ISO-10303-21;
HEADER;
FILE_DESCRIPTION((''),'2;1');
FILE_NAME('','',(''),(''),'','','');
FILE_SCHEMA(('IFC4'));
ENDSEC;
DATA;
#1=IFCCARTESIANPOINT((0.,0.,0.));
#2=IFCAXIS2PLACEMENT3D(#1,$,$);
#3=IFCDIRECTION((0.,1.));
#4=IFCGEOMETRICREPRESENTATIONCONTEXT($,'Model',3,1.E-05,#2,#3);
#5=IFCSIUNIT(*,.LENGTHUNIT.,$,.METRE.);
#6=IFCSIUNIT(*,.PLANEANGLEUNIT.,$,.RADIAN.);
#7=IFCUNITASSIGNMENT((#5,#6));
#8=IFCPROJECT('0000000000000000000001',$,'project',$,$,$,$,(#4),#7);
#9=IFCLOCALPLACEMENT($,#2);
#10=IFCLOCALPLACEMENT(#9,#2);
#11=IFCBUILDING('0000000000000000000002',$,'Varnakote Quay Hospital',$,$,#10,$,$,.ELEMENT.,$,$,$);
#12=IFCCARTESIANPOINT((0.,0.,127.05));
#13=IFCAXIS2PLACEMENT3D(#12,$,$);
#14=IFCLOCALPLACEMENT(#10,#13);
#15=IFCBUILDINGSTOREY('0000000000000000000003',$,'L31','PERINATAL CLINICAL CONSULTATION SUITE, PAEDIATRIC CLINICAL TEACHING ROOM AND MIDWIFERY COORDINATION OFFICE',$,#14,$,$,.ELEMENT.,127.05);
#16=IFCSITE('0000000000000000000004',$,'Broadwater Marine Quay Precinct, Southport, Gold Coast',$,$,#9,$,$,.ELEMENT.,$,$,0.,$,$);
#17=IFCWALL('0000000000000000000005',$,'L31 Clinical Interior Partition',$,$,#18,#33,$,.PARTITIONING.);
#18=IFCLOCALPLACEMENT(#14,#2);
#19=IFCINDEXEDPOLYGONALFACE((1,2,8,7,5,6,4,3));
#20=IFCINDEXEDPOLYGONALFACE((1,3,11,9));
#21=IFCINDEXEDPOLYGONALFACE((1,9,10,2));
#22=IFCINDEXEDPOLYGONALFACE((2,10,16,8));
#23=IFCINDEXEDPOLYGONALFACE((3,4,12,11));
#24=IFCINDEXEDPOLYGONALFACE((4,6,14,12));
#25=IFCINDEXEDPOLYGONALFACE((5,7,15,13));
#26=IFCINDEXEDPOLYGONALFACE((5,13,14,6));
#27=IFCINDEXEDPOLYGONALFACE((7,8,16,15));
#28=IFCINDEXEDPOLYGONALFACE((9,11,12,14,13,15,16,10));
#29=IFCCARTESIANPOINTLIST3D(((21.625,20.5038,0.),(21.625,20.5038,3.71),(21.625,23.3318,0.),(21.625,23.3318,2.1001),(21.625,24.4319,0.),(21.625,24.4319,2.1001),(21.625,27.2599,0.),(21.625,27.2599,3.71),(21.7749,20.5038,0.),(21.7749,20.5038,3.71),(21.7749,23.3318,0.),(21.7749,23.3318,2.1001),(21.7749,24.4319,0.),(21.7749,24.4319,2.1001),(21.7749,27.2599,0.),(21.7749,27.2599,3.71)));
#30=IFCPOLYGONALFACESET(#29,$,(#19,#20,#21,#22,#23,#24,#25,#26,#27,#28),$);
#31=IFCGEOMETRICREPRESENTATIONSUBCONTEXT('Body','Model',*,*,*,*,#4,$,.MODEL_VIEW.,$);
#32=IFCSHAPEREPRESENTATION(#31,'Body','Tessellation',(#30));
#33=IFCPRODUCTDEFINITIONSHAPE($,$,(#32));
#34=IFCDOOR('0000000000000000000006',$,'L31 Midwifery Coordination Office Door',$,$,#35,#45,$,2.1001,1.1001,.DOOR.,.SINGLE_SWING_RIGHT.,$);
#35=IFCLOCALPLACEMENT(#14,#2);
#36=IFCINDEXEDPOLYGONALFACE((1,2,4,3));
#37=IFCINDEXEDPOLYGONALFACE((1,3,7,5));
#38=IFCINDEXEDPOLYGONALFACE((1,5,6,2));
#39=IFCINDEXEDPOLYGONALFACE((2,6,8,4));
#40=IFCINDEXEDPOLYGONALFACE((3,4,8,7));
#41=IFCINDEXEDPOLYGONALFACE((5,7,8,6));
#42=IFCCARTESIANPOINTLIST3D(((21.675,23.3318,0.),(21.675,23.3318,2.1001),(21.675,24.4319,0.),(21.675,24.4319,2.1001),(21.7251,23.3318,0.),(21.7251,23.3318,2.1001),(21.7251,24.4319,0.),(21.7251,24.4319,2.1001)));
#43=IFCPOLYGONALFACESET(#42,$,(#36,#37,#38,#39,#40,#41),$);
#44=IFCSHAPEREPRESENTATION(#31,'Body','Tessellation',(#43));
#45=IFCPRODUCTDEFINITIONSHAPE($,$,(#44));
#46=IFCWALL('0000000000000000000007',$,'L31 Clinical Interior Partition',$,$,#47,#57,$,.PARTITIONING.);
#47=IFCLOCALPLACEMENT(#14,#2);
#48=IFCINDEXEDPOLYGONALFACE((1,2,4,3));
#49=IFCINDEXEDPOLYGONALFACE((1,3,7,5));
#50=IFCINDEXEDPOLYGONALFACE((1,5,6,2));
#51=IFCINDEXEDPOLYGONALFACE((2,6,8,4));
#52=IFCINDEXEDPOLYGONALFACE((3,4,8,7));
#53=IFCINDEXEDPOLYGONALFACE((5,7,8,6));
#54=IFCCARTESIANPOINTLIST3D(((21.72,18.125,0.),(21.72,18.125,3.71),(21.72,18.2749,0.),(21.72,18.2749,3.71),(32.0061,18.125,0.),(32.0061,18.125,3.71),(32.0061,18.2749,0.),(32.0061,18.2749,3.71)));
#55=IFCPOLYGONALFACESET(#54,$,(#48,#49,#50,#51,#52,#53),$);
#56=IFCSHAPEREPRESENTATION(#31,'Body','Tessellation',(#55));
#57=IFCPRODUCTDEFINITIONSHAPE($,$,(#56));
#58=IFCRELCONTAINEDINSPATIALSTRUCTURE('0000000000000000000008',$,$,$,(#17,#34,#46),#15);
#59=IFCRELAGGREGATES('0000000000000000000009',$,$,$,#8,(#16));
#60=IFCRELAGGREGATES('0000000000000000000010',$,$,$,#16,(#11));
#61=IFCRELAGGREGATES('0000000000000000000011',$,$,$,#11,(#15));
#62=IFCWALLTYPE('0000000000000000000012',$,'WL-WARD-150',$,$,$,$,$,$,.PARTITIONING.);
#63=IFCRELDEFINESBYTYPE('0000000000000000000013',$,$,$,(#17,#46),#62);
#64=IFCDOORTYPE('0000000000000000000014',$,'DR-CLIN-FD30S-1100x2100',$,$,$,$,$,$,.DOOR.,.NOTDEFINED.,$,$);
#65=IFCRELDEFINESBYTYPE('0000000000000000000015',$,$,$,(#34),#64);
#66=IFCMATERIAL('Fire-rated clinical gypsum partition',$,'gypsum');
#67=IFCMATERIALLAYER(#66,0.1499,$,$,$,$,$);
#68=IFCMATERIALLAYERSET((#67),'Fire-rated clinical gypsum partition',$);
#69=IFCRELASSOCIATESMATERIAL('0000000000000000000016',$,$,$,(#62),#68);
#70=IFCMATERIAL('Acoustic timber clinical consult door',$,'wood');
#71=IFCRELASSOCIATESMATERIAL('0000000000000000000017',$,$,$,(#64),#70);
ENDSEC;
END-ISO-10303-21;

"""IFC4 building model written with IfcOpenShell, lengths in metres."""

from ifc_helpers import new_model, si_unit, direction, frame, frame_2d, origin, place, context, subcontext, project, spatial, rectangle, extrude, material, layer, layer_set, type_object, element, fill, save


model = new_model("IFC4")

# Units and contexts
model_context = context("Model", 3, precision=1e-05, world=origin(), true_north=direction((0.0, 1.0)))
body_context = subcontext(model_context, "Body", "Model", "MODEL_VIEW")
ifc_project = project(units=[si_unit("LENGTHUNIT", "METRE"), si_unit("PLANEANGLEUNIT", "RADIAN")], contexts=[model_context])

# Site, building, storey
site_placement = place(None, origin())
site = spatial("IfcSite", under=ifc_project, at=site_placement, Name="Broadwater Marine Quay Precinct, Southport, Gold Coast", CompositionType="ELEMENT", RefElevation=0.0)
building_placement = place(site_placement, origin())
building = spatial("IfcBuilding", under=site, at=building_placement, Name="Varnakote Quay Hospital", CompositionType="ELEMENT")
storey_placement = place(building_placement, frame((0.0, 0.0, 127.05)))
storey = spatial("IfcBuildingStorey", under=building, at=storey_placement, Name="L31", Description="PERINATAL CLINICAL CONSULTATION SUITE, PAEDIATRIC CLINICAL TEACHING ROOM AND MIDWIFERY COORDINATION OFFICE", CompositionType="ELEMENT", Elevation=127.05)

# Shared definitions
ifc_material_1 = material(Name="Fire-rated clinical gypsum partition", Category="gypsum")
ifc_layer_1 = layer(ifc_material_1, 0.1499)
ifc_layer_set_1 = layer_set([ifc_layer_1], Name="Fire-rated clinical gypsum partition")
wall_type_1 = type_object("IfcWallType", Name="WL-WARD-150", PredefinedType="PARTITIONING", material=ifc_layer_set_1)
ifc_material_2 = material(Name="Acoustic timber clinical consult door", Category="wood")
door_type_1 = type_object("IfcDoorType", Name="DR-CLIN-FD30S-1100x2100", OperationType="NOTDEFINED", PredefinedType="DOOR", material=ifc_material_2)

# Wall, opening, door
wall_1_placement = place(storey_placement, frame((21.7, 20.5039, 0.0), z_axis=(0.0, 0.0, 1.0), x_axis=(0.0, 1.0, 0.0)))
wall_1 = element("IfcWall", 1, at=wall_1_placement, inside=storey, type_object=wall_type_1, Name="L31 Clinical Interior Partition", PredefinedType="PARTITIONING", context=body_context, shape_type="SweptSolid", body=[
    extrude(rectangle(XDim=6.7561, YDim=0.1499, at=frame_2d((3.3779, 0.0))), origin(), (0.0, 0.0, 1.0), 3.71),
])
opening_1_placement = place(wall_1_placement, frame((2.8279, 0.0, 0.0)))
opening_1 = element("IfcOpeningElement", 2, at=opening_1_placement, cuts=wall_1, PredefinedType="OPENING", context=body_context, shape_type="SweptSolid", body=[
    extrude(rectangle(XDim=1.1001, YDim=2.1001, at=frame_2d((0.55, 1.05))), frame((0.0, 0.085, 0.0), z_axis=(0.0, -1.0, 0.0), x_axis=(1.0, 0.0, 0.0)), (0.0, 0.0, 1.0), 0.1699),
])
door_1_placement = place(opening_1_placement, origin())
door_1 = element("IfcDoor", 3, at=door_1_placement, inside=storey, type_object=door_type_1, Name="L31 Midwifery Coordination Office Door", OperationType="SINGLE_SWING_RIGHT", OverallHeight=2.1001, OverallWidth=1.1001, PredefinedType="DOOR", context=body_context, shape_type="SweptSolid", body=[
    extrude(rectangle(XDim=1.1001, YDim=2.1001, at=frame_2d((0.55, 1.05))), frame((0.0, 0.0249, 0.0), z_axis=(0.0, -1.0, 0.0), x_axis=(1.0, 0.0, 0.0)), (0.0, 0.0, 1.0), 0.05),
])
fill(opening_1, door_1)

# Wall
wall_2_placement = place(storey_placement, frame((21.72, 18.2, 0.0), z_axis=(0.0, 0.0, 1.0), x_axis=(1.0, 0.0, 0.0)))
element("IfcWall", 4, at=wall_2_placement, inside=storey, type_object=wall_type_1, Name="L31 Clinical Interior Partition", PredefinedType="PARTITIONING", context=body_context, shape_type="SweptSolid", body=[
    extrude(rectangle(XDim=10.2861, YDim=0.1499, at=frame_2d((5.1431, 0.0))), origin(), (0.0, 0.0, 1.0), 3.71),
])

save(model, "model.ifc")
